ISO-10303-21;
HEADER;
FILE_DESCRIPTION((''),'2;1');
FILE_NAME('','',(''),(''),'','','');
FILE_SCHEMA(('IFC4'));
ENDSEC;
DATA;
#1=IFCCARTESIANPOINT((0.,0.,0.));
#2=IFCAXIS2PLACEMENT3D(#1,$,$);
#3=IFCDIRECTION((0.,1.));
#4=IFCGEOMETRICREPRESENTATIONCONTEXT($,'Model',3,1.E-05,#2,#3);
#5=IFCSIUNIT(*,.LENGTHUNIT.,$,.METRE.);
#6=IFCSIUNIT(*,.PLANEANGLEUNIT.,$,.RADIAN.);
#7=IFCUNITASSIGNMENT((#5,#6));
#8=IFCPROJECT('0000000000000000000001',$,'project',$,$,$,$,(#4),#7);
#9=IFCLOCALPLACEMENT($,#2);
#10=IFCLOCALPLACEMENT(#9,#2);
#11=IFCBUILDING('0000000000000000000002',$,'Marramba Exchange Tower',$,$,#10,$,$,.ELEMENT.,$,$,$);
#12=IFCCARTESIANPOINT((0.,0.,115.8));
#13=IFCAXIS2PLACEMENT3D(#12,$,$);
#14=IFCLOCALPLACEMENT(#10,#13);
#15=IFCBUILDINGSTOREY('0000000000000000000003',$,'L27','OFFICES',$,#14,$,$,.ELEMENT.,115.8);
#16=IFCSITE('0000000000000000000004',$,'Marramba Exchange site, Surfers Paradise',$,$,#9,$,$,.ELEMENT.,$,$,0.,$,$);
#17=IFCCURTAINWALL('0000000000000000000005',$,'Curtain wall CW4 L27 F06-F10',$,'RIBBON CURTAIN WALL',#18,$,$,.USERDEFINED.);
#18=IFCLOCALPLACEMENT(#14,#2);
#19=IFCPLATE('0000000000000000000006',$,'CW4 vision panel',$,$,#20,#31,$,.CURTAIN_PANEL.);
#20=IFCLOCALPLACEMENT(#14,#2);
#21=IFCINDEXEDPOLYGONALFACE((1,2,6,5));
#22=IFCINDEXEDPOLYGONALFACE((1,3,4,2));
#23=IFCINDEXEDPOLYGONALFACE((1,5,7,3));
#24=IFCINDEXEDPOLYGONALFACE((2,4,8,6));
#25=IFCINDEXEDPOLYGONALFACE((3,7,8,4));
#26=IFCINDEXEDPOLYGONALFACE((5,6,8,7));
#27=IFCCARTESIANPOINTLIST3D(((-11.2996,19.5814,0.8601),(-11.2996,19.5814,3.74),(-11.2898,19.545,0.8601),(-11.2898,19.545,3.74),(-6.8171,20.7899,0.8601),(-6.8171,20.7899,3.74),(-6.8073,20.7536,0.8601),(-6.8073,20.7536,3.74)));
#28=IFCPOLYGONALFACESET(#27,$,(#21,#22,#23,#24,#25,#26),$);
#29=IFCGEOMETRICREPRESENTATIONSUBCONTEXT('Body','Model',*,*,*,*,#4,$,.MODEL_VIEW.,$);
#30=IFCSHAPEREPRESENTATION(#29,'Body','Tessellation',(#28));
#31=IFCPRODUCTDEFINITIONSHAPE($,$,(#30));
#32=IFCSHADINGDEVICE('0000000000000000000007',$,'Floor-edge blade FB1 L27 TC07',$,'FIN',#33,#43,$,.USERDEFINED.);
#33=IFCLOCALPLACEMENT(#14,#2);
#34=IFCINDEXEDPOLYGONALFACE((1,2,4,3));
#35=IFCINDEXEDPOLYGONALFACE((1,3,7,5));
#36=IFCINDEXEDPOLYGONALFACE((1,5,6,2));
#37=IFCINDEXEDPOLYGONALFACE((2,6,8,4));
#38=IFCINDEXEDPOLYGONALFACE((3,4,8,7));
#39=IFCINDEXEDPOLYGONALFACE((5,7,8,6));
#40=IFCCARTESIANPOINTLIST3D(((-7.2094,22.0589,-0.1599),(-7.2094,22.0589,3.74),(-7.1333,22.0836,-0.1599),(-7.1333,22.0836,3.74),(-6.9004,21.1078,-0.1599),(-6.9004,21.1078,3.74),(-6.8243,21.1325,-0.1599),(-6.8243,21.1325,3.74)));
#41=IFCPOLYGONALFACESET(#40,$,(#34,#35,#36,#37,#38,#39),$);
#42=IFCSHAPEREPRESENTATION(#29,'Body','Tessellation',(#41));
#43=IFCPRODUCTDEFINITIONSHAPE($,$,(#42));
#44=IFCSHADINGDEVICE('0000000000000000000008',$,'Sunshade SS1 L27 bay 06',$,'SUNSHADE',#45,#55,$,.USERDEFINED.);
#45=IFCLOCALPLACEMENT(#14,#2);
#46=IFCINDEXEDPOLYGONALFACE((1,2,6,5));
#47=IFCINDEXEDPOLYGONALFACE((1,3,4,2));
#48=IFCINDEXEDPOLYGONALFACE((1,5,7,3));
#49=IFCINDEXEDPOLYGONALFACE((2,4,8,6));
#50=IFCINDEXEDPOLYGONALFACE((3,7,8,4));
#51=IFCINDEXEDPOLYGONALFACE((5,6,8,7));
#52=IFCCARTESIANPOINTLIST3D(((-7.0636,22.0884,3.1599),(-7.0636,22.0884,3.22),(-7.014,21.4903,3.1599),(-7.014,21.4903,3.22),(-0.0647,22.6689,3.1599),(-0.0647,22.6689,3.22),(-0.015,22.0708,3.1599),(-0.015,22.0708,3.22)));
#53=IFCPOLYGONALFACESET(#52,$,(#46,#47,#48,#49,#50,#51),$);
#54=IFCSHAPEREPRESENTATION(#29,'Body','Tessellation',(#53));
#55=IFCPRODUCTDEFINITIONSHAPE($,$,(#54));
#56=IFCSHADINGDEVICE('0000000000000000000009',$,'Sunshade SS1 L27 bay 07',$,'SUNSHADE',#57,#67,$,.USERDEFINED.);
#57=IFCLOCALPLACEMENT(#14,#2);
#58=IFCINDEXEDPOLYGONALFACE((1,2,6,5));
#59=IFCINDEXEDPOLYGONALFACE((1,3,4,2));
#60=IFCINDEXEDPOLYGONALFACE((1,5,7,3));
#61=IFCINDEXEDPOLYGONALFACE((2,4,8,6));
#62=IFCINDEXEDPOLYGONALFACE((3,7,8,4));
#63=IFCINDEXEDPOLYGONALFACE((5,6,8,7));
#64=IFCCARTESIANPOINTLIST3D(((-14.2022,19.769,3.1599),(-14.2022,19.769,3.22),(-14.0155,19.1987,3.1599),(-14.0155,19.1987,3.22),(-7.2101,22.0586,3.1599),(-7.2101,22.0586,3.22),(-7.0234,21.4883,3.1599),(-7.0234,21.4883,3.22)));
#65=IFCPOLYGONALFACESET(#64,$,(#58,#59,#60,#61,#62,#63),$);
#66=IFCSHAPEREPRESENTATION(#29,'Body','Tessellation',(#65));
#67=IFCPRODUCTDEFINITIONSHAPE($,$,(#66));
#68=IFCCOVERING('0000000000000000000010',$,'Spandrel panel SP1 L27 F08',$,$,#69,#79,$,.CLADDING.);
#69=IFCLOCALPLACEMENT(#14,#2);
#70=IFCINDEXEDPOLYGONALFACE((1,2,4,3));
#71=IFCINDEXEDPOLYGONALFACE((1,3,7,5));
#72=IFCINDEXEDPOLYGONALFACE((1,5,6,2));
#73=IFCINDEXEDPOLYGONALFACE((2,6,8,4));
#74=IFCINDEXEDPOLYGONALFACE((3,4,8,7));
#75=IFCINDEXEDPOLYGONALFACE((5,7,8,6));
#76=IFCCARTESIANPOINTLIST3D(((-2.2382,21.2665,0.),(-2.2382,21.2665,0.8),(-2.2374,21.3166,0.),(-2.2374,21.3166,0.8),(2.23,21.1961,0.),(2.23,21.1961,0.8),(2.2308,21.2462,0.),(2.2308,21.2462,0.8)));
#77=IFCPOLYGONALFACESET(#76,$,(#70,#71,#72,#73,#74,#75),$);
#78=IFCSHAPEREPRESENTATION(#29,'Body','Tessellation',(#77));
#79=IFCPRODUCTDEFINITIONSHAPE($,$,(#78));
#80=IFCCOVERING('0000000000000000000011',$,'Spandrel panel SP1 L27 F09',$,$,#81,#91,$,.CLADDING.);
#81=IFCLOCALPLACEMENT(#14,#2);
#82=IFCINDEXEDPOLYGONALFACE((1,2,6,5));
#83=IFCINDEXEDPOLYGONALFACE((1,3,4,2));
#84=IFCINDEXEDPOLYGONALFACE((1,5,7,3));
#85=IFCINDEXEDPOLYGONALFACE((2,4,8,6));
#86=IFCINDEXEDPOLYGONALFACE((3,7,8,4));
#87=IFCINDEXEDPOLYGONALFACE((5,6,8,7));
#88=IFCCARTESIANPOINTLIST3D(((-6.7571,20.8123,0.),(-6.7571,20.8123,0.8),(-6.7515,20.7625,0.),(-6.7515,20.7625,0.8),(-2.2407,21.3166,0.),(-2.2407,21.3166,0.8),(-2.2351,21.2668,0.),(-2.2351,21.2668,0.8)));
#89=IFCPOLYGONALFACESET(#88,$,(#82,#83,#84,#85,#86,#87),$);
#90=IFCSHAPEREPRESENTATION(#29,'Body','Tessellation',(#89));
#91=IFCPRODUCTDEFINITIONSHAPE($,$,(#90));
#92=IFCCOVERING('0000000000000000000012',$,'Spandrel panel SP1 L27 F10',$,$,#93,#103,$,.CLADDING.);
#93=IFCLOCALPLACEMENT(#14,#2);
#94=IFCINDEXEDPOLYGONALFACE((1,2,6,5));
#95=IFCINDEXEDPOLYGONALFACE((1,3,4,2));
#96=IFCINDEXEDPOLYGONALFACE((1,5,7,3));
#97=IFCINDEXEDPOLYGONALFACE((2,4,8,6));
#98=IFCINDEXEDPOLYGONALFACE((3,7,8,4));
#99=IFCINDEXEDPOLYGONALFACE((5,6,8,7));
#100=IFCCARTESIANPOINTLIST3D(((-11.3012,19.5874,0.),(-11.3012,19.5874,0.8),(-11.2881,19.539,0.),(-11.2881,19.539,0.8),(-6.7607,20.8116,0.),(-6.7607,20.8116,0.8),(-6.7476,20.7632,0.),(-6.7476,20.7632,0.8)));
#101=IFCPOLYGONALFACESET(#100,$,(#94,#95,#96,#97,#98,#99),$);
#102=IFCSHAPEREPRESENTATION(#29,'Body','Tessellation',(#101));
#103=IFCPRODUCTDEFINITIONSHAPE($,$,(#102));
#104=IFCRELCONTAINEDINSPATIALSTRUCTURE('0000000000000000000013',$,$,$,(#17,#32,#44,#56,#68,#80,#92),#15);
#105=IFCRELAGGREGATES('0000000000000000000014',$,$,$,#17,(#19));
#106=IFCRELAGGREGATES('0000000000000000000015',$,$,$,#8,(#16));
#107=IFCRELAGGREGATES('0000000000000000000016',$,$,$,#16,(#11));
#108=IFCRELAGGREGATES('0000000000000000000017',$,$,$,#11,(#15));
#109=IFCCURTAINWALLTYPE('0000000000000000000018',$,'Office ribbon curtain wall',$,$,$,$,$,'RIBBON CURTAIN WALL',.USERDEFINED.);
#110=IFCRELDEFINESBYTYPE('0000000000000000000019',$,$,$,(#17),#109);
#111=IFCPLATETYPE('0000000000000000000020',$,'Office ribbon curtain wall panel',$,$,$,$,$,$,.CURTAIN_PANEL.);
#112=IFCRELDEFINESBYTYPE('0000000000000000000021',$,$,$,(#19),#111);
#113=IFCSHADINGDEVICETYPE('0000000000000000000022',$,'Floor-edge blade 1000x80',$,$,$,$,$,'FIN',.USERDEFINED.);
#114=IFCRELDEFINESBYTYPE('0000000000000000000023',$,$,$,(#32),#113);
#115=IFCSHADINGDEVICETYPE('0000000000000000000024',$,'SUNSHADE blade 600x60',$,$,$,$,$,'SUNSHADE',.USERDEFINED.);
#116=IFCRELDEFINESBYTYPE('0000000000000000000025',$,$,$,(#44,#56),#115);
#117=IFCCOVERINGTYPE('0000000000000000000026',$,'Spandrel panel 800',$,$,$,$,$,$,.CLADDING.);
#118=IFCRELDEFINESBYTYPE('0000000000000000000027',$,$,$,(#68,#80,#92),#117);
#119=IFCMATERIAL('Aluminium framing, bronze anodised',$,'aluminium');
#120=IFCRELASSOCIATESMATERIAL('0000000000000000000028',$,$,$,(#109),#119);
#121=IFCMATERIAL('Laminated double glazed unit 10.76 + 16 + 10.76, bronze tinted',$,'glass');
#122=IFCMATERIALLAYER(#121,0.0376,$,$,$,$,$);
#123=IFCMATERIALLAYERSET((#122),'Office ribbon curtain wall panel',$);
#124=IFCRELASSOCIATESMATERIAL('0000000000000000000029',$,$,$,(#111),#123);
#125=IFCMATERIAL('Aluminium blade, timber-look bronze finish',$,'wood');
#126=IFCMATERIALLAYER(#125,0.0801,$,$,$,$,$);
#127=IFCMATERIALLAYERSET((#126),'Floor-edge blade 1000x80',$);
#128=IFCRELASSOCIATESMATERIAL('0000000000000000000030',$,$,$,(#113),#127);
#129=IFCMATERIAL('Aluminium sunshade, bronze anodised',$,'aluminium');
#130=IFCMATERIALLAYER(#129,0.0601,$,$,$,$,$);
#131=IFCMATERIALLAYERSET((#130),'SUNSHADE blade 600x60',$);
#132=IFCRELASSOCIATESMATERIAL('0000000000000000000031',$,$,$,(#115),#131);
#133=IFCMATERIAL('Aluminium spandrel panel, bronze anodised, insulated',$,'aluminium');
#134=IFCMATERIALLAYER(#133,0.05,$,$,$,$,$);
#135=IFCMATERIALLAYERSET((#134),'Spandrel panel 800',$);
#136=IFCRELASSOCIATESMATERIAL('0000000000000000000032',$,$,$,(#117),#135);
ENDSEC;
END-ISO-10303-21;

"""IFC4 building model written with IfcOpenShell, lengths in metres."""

from ifc_helpers import new_model, si_unit, direction, frame, origin, origin_2d, place, context, subcontext, project, spatial, rectangle, extrude, material, layer, layer_set, type_object, element, aggregate, save


model = new_model("IFC4")

# Units and contexts
model_context = context("Model", 3, precision=1e-05, world=origin(), true_north=direction((0.0, 1.0)))
body_context = subcontext(model_context, "Body", "Model", "MODEL_VIEW")
ifc_project = project(units=[si_unit("LENGTHUNIT", "METRE"), si_unit("PLANEANGLEUNIT", "RADIAN")], contexts=[model_context])

# Site, building, storey
site_placement = place(None, origin())
site = spatial("IfcSite", under=ifc_project, at=site_placement, Name="Marramba Exchange site, Surfers Paradise", CompositionType="ELEMENT", RefElevation=0.0)
building_placement = place(site_placement, origin())
building = spatial("IfcBuilding", under=site, at=building_placement, Name="Marramba Exchange Tower", CompositionType="ELEMENT")
storey_placement = place(building_placement, frame((0.0, 0.0, 115.8)))
storey = spatial("IfcBuildingStorey", under=building, at=storey_placement, Name="L27", Description="OFFICES", CompositionType="ELEMENT", Elevation=115.8)

# Curtain wall
ifc_material_1 = material(Name="Aluminium framing, bronze anodised", Category="aluminium")
curtain_wall_type = type_object("IfcCurtainWallType", Name="Office ribbon curtain wall", ElementType="RIBBON CURTAIN WALL", PredefinedType="USERDEFINED", material=ifc_material_1)
curtain_wall_1_placement = place(storey_placement, origin())
curtain_wall_1 = element("IfcCurtainWall", 1, at=curtain_wall_1_placement, inside=storey, type_object=curtain_wall_type, Name="Curtain wall CW4 L27 F06-F10", ObjectType="RIBBON CURTAIN WALL", PredefinedType="USERDEFINED")

# Plate
ifc_material_2 = material(Name="Laminated double glazed unit 10.76 + 16 + 10.76, bronze tinted", Category="glass")
ifc_layer_1 = layer(ifc_material_2, 0.0376)
ifc_layer_set_1 = layer_set([ifc_layer_1], Name="Office ribbon curtain wall panel")
plate_type = type_object("IfcPlateType", Name="Office ribbon curtain wall panel", PredefinedType="CURTAIN_PANEL", material=ifc_layer_set_1)
plate_1_placement = place(storey_placement, frame((-9.0535, 20.1675, 0.8601), z_axis=(0.0, 0.0, 1.0), x_axis=(-0.965522, -0.260321, 0.0)))
plate_1 = element("IfcPlate", 2, at=plate_1_placement, type_object=plate_type, Name="CW4 vision panel", PredefinedType="CURTAIN_PANEL", context=body_context, shape_type="SweptSolid", body=[
    extrude(rectangle(XDim=4.6426, YDim=0.0376, at=origin_2d()), origin(), (0.0, 0.0, 1.0), 2.8799),
])
aggregate(curtain_wall_1, [plate_1])

# Shading devices
ifc_material_3 = material(Name="Aluminium blade, timber-look bronze finish", Category="wood")
ifc_layer_2 = layer(ifc_material_3, 0.0801)
ifc_layer_set_2 = layer_set([ifc_layer_2], Name="Floor-edge blade 1000x80")
shading_device_type_1 = type_object("IfcShadingDeviceType", Name="Floor-edge blade 1000x80", ElementType="FIN", PredefinedType="USERDEFINED", material=ifc_layer_set_2)
shading_device_1_placement = place(storey_placement, frame((-7.0168, 21.5957, -0.1599), z_axis=(0.0, 0.0, 1.0), x_axis=(-0.309017, 0.951057, 0.0)))
element("IfcShadingDevice", 3, at=shading_device_1_placement, inside=storey, type_object=shading_device_type_1, Name="Floor-edge blade FB1 L27 TC07", ObjectType="FIN", PredefinedType="USERDEFINED", context=body_context, shape_type="SweptSolid", body=[
    extrude(rectangle(XDim=1.0, YDim=0.0801, at=origin_2d()), origin(), (0.0, 0.0, 1.0), 3.8999),
])
ifc_material_4 = material(Name="Aluminium sunshade, bronze anodised", Category="aluminium")
ifc_layer_3 = layer(ifc_material_4, 0.0601)
ifc_layer_set_3 = layer_set([ifc_layer_3], Name="SUNSHADE blade 600x60")
shading_device_type_2 = type_object("IfcShadingDeviceType", Name="SUNSHADE blade 600x60", ElementType="SUNSHADE", PredefinedType="USERDEFINED", material=ifc_layer_set_3)
shading_device_2_placement = place(storey_placement, frame((-3.5393, 22.0796, 3.1599), z_axis=(0.0, 0.0, 1.0), x_axis=(-0.996578, -0.08266, 0.0)))
element("IfcShadingDevice", 4, at=shading_device_2_placement, inside=storey, type_object=shading_device_type_2, Name="Sunshade SS1 L27 bay 06", ObjectType="SUNSHADE", PredefinedType="USERDEFINED", context=body_context, shape_type="SweptSolid", body=[
    extrude(rectangle(XDim=7.0229, YDim=0.6001, at=origin_2d()), origin(), (0.0, 0.0, 1.0), 0.0601),
])
shading_device_3_placement = place(storey_placement, frame((-10.6128, 20.6287, 3.1599), z_axis=(0.0, 0.0, 1.0), x_axis=(-0.950346, -0.311196, 0.0)))
element("IfcShadingDevice", 5, at=shading_device_3_placement, inside=storey, type_object=shading_device_type_2, Name="Sunshade SS1 L27 bay 07", ObjectType="SUNSHADE", PredefinedType="USERDEFINED", context=body_context, shape_type="SweptSolid", body=[
    extrude(rectangle(XDim=7.3574, YDim=0.6001, at=origin_2d()), origin(), (0.0, 0.0, 1.0), 0.0601),
])

# Coverings
ifc_material_5 = material(Name="Aluminium spandrel panel, bronze anodised, insulated", Category="aluminium")
ifc_layer_4 = layer(ifc_material_5, 0.05)
ifc_layer_set_4 = layer_set([ifc_layer_4], Name="Spandrel panel 800")
covering_type = type_object("IfcCoveringType", Name="Spandrel panel 800", PredefinedType="CLADDING", material=ifc_layer_set_4)
covering_1_placement = place(storey_placement, frame((-0.0037, 21.2563, 0.0), z_axis=(0.0, 0.0, 1.0), x_axis=(-0.999876, 0.015756, 0.0)))
element("IfcCovering", 6, at=covering_1_placement, inside=storey, type_object=covering_type, Name="Spandrel panel SP1 L27 F08", PredefinedType="CLADDING", context=body_context, shape_type="SweptSolid", body=[
    extrude(rectangle(XDim=4.4688, YDim=0.05, at=origin_2d()), origin(), (0.0, 0.0, 1.0), 0.8),
])
covering_2_placement = place(storey_placement, frame((-4.4961, 21.0396, 0.0), z_axis=(0.0, 0.0, 1.0), x_axis=(-0.993823, -0.110973, 0.0)))
element("IfcCovering", 7, at=covering_2_placement, inside=storey, type_object=covering_type, Name="Spandrel panel SP1 L27 F09", PredefinedType="CLADDING", context=body_context, shape_type="SweptSolid", body=[
    extrude(rectangle(XDim=4.5444, YDim=0.05, at=origin_2d()), origin(), (0.0, 0.0, 1.0), 0.8),
])
covering_3_placement = place(storey_placement, frame((-9.0244, 20.1753, 0.0), z_axis=(0.0, 0.0, 1.0), x_axis=(-0.965522, -0.260321, 0.0)))
element("IfcCovering", 8, at=covering_3_placement, inside=storey, type_object=covering_type, Name="Spandrel panel SP1 L27 F10", PredefinedType="CLADDING", context=body_context, shape_type="SweptSolid", body=[
    extrude(rectangle(XDim=4.7026, YDim=0.05, at=origin_2d()), origin(), (0.0, 0.0, 1.0), 0.8),
])

save(model, "model.ifc")
